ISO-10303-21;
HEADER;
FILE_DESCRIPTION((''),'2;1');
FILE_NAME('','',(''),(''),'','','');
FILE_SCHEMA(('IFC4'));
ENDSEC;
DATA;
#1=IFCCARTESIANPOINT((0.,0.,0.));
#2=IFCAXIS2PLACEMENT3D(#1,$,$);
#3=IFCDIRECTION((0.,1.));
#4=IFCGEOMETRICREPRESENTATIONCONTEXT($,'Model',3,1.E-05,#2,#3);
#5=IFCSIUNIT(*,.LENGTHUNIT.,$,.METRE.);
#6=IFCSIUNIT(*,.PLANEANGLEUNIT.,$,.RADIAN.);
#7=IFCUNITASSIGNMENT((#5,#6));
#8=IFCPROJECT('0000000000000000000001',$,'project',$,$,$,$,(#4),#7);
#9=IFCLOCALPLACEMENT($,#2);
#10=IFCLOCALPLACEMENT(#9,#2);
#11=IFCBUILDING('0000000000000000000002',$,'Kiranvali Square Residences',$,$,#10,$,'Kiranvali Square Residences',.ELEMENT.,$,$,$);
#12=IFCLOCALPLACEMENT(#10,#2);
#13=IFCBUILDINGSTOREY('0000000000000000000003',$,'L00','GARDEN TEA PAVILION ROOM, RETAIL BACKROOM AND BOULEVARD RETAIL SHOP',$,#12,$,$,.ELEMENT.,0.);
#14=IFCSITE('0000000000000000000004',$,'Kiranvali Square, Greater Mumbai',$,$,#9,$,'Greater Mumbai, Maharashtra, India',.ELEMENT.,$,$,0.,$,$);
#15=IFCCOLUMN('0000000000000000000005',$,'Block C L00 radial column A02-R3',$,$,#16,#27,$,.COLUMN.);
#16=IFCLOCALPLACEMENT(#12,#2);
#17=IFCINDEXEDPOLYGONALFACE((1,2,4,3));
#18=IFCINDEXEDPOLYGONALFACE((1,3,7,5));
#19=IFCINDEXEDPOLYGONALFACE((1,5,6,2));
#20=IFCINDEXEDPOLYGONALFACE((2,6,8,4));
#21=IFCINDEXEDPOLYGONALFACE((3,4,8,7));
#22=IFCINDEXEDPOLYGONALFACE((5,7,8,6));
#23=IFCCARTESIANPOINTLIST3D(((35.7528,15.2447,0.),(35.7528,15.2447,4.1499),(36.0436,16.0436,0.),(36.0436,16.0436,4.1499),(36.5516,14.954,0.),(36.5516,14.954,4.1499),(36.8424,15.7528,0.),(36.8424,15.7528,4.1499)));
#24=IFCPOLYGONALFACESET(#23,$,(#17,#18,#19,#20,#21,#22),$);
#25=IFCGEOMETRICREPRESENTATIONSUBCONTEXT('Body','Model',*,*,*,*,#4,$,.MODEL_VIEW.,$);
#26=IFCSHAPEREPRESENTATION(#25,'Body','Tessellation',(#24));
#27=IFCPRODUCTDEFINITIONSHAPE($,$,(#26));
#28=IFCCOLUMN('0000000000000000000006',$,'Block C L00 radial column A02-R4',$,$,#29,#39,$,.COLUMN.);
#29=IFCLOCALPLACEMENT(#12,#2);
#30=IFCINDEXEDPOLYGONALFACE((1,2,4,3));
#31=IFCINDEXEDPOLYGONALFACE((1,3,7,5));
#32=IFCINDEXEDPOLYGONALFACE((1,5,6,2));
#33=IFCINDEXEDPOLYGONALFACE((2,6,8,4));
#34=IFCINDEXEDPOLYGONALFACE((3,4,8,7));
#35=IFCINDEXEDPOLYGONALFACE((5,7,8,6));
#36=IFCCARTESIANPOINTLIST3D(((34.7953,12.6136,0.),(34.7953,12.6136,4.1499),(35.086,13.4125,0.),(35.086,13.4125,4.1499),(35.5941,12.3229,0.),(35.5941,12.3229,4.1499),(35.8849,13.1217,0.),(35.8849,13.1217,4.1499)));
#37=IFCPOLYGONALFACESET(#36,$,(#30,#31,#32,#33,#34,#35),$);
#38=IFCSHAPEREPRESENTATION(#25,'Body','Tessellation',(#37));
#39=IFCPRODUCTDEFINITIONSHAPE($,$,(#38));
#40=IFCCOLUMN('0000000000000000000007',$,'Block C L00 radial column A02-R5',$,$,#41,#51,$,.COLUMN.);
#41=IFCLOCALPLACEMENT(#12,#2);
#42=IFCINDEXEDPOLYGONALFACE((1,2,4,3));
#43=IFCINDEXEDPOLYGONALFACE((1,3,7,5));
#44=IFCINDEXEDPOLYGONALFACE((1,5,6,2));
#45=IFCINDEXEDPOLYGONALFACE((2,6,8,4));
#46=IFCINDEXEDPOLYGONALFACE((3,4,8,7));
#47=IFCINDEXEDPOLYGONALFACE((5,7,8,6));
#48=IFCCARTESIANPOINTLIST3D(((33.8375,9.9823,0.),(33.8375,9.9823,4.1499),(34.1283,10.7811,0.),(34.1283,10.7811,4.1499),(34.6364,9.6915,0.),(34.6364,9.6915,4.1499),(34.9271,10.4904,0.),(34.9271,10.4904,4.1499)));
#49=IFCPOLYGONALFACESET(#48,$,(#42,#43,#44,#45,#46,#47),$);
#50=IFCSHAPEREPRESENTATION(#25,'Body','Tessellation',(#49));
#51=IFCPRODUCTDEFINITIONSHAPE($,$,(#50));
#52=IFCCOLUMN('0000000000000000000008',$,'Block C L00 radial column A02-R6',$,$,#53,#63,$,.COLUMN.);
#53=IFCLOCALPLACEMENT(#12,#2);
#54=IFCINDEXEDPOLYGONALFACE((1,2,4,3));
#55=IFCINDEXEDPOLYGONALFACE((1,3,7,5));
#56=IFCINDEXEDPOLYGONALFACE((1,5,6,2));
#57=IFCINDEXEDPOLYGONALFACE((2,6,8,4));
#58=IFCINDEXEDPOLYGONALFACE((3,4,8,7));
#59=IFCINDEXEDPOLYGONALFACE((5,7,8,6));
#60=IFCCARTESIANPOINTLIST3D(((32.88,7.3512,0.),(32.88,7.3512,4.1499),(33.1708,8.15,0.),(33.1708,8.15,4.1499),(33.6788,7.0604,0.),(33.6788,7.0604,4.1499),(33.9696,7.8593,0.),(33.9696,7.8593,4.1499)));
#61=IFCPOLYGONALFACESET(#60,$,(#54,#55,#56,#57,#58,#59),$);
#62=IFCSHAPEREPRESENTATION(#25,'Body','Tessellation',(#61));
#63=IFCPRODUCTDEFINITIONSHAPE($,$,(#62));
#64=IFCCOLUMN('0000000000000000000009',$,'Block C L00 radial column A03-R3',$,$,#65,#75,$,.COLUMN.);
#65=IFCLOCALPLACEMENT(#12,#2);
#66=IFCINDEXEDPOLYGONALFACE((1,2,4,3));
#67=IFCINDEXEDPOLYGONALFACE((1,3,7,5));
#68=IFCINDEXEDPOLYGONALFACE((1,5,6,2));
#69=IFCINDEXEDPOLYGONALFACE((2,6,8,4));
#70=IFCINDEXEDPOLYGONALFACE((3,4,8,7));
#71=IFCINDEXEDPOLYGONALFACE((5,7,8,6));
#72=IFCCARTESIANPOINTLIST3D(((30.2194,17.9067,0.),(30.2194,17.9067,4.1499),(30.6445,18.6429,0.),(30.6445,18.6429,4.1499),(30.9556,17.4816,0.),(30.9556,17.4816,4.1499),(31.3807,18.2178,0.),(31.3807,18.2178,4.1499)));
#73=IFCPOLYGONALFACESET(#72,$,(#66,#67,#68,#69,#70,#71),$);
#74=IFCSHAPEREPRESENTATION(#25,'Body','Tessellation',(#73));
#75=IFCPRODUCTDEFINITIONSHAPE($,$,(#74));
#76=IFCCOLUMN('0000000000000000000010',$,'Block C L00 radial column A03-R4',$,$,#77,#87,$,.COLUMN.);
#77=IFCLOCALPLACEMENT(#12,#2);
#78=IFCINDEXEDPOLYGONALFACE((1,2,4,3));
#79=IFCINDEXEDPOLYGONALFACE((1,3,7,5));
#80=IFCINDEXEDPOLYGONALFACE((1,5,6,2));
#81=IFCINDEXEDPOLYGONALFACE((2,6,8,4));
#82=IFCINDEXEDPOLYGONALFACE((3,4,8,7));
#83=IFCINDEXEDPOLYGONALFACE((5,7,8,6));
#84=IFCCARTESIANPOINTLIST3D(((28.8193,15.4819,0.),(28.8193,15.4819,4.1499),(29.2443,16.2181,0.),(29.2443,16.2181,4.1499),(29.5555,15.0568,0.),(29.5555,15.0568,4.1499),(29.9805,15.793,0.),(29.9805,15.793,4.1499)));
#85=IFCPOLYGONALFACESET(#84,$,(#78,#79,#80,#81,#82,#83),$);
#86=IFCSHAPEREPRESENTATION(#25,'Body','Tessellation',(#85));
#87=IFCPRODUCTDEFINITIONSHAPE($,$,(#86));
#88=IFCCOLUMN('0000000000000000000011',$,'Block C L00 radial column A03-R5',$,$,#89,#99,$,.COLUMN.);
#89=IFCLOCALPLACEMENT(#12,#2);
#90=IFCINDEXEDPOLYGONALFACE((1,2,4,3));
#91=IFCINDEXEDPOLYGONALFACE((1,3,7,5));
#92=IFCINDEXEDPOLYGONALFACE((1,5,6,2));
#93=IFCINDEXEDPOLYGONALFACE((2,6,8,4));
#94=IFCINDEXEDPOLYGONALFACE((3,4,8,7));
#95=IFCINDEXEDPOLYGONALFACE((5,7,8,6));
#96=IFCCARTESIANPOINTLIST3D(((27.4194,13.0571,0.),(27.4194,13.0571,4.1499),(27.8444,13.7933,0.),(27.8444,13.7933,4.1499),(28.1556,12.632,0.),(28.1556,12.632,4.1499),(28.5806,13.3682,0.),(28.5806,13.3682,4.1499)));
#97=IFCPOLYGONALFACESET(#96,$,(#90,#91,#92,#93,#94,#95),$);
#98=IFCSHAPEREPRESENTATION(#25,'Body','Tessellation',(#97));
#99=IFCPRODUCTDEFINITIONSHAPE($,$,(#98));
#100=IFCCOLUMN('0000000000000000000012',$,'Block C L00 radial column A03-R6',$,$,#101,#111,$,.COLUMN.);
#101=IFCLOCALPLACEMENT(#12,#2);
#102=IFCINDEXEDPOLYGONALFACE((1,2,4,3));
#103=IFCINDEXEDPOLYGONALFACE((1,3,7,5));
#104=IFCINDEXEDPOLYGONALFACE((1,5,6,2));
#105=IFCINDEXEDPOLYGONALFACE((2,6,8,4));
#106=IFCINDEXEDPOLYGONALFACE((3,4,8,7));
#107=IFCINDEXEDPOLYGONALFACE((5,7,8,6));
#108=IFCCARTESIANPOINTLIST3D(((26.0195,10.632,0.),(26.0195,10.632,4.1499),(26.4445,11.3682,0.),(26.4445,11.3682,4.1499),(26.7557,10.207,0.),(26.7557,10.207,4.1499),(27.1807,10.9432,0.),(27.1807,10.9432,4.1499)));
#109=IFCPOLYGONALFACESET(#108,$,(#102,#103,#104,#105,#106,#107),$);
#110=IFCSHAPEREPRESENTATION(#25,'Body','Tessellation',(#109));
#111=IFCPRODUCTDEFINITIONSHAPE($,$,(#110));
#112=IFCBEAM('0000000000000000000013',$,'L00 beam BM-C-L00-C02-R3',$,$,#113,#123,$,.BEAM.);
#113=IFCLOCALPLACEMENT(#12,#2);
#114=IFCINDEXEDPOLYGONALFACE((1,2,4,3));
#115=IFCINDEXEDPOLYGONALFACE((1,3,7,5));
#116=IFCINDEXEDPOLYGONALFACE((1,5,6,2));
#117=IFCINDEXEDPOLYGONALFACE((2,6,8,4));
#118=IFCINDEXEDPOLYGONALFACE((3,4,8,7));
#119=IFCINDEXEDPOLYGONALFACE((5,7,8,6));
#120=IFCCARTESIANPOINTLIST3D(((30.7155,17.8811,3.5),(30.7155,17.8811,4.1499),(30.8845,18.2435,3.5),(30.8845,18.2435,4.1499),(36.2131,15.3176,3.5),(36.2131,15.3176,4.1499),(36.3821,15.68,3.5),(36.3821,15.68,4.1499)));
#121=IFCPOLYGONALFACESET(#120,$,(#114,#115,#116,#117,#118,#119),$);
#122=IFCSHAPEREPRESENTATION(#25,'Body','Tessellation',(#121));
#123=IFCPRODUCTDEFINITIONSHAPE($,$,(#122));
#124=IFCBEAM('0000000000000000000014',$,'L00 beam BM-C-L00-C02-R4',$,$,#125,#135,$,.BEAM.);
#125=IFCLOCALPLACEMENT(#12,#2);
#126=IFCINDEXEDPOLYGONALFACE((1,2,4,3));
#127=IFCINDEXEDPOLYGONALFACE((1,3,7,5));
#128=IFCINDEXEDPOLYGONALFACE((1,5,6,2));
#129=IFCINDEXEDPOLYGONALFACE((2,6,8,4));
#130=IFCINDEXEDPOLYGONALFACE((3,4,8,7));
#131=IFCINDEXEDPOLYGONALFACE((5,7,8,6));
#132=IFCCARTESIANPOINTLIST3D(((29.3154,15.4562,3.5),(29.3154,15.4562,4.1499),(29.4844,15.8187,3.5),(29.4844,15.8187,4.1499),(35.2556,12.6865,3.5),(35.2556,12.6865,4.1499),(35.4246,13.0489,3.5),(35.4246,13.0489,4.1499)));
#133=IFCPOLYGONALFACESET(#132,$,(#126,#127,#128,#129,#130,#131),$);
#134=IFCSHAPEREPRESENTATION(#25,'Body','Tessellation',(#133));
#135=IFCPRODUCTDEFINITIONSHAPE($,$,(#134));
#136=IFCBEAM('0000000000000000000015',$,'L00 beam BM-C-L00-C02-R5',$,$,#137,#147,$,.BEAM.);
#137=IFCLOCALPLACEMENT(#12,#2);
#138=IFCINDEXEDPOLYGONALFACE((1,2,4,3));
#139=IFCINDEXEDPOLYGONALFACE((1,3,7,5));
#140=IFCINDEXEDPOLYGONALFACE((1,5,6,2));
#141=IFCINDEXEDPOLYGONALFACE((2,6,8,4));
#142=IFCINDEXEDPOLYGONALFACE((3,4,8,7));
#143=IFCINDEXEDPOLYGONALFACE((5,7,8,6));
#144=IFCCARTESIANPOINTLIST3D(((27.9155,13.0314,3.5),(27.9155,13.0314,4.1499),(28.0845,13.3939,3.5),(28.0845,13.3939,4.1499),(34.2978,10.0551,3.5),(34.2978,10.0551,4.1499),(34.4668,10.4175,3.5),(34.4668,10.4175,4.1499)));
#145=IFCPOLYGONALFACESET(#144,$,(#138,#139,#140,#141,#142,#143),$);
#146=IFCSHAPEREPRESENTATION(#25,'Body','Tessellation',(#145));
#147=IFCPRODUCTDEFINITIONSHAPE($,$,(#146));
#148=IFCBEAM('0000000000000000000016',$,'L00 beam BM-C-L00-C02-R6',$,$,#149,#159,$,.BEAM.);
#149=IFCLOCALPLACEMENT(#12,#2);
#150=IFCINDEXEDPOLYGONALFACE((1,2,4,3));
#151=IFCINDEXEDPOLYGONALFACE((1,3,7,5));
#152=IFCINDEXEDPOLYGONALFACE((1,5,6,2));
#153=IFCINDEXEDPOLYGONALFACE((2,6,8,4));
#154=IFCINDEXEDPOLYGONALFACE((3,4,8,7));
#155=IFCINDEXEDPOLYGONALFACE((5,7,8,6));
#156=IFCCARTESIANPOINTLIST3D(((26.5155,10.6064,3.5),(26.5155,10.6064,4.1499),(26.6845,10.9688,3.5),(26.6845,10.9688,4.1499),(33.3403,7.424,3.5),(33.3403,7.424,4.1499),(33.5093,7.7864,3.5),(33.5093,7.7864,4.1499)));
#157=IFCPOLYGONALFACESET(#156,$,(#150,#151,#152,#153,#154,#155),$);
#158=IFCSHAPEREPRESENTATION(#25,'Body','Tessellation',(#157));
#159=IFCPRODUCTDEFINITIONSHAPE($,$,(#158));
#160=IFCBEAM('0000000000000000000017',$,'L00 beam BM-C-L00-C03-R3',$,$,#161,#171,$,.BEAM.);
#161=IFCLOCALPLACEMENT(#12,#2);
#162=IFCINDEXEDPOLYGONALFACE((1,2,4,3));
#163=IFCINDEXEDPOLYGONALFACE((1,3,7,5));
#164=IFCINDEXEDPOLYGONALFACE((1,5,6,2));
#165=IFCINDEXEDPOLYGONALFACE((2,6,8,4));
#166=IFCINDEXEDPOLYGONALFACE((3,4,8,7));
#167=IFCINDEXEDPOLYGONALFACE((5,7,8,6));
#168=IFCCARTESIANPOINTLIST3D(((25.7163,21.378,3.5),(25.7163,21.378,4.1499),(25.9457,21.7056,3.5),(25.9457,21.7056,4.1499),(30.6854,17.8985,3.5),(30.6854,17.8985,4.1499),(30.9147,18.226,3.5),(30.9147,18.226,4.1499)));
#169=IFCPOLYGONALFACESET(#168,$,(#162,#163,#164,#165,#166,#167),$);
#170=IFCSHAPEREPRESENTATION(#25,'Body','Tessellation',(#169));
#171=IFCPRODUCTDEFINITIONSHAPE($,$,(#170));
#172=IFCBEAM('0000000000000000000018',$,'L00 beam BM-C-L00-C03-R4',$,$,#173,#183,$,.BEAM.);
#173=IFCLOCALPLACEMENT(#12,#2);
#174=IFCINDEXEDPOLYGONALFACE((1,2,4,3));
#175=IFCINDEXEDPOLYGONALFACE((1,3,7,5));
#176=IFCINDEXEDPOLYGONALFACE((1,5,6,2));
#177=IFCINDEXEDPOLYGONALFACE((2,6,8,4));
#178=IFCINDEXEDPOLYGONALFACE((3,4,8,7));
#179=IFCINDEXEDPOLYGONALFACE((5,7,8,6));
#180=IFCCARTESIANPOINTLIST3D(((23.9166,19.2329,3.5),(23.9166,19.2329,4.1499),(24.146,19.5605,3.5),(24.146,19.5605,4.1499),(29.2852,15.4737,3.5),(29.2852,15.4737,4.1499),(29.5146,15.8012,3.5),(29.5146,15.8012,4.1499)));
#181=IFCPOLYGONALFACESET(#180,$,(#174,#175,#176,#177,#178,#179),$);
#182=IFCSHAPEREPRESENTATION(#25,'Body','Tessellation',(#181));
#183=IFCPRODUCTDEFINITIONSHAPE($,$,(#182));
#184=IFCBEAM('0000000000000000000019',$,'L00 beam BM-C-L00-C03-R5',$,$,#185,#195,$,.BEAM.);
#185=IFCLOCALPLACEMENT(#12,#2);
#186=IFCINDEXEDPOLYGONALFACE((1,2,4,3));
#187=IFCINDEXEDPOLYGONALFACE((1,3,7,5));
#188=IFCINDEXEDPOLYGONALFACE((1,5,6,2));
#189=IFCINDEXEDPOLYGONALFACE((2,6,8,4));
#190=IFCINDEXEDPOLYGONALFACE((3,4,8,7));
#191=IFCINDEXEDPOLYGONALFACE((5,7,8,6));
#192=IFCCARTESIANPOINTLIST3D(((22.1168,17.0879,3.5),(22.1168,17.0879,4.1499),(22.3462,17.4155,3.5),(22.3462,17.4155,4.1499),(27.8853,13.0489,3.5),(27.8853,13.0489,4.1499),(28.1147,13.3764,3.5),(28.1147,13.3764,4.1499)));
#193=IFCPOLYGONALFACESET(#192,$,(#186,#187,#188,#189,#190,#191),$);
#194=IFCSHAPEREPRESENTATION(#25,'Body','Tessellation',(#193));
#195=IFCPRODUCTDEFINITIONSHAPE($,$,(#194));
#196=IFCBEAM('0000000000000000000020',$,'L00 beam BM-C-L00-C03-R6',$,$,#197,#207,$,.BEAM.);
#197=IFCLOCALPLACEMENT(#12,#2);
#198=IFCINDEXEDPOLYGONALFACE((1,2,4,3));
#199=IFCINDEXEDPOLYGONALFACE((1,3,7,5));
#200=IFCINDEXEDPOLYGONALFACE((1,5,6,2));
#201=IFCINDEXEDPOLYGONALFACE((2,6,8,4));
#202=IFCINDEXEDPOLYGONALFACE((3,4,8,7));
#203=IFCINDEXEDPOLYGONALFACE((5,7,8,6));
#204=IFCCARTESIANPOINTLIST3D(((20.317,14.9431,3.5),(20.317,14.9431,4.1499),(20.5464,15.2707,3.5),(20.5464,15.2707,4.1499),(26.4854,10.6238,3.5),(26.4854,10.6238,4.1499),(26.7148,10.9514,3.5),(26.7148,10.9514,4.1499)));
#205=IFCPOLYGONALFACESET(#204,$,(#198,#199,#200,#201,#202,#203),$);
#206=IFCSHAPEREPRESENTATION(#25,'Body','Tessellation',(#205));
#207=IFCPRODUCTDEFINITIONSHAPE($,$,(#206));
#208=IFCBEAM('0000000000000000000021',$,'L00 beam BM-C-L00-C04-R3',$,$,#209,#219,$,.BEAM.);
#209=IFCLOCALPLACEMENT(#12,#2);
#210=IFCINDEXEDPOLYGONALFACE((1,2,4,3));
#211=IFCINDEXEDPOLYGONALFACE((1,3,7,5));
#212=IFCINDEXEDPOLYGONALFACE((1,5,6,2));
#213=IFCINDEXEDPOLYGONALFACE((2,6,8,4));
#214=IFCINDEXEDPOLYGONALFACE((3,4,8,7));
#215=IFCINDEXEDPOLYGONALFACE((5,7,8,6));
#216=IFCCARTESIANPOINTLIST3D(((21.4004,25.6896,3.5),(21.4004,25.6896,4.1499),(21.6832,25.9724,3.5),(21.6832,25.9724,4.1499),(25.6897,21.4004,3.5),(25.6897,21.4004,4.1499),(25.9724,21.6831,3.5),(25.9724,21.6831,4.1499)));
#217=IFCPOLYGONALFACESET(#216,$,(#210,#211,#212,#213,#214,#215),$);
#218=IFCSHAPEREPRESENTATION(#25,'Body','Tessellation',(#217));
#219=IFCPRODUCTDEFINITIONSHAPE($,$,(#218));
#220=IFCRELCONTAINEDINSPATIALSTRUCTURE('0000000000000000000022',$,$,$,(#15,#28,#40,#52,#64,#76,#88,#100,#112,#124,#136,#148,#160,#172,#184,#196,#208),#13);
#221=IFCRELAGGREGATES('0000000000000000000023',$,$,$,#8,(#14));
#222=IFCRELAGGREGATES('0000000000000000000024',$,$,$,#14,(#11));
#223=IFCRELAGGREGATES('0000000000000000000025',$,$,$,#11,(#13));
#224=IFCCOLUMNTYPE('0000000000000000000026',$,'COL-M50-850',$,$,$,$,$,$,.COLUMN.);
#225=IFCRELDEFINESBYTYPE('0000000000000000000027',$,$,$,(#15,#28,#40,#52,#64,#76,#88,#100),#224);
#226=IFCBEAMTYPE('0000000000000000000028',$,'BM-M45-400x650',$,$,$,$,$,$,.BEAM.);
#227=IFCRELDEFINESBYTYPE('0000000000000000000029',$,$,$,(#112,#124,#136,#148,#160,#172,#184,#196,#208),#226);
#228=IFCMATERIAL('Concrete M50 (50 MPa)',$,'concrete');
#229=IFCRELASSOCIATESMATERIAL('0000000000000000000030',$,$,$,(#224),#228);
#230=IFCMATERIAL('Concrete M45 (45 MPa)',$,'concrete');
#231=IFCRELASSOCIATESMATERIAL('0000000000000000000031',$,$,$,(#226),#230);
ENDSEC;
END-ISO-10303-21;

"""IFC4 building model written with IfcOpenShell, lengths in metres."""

from ifc_helpers import new_model, si_unit, direction, frame, origin, origin_2d, place, context, subcontext, project, spatial, rectangle, extrude, material, material_profile, profile_set, type_object, element, save


model = new_model("IFC4")

# Units and contexts
model_context = context("Model", 3, precision=1e-05, world=origin(), true_north=direction((0.0, 1.0)))
body_context = subcontext(model_context, "Body", "Model", "MODEL_VIEW")
ifc_project = project(units=[si_unit("LENGTHUNIT", "METRE"), si_unit("PLANEANGLEUNIT", "RADIAN")], contexts=[model_context])

# Site, building, storey
site_placement = place(None, origin())
site = spatial("IfcSite", under=ifc_project, at=site_placement, Name="Kiranvali Square, Greater Mumbai", LongName="Greater Mumbai, Maharashtra, India", CompositionType="ELEMENT", RefElevation=0.0)
building_placement = place(site_placement, origin())
building = spatial("IfcBuilding", under=site, at=building_placement, Name="Kiranvali Square Residences", LongName="Kiranvali Square Residences", CompositionType="ELEMENT")
storey_placement = place(building_placement, origin())
storey = spatial("IfcBuildingStorey", under=building, at=storey_placement, Name="L00", Description="GARDEN TEA PAVILION ROOM, RETAIL BACKROOM AND BOULEVARD RETAIL SHOP", CompositionType="ELEMENT", Elevation=0.0)

# Columns
ifc_material_1 = material(Name="Concrete M50 (50 MPa)", Category="concrete")
ifc_material_profile_1 = material_profile(ifc_material_1, rectangle(XDim=0.8501, YDim=0.8501, at=origin_2d()), Name="RC 850x850")
ifc_profile_set_1 = profile_set([ifc_material_profile_1], Name="Concrete M50 (50 MPa)")
column_type = type_object("IfcColumnType", Name="COL-M50-850", PredefinedType="COLUMN", material=ifc_profile_set_1)
for number, where, z_axis, x_axis, name in (
    (1, (36.2976, 15.4988, 0.0), (0.0, 0.0, 1.0), (-0.939693, 0.34202, 0.0), "Block C L00 radial column A02-R3"),
    (2, (35.3401, 12.8677, 0.0), (0.0, 0.0, 1.0), (-0.939693, 0.34202, 0.0), "Block C L00 radial column A02-R4"),
    (3, (34.3823, 10.2363, 0.0), (0.0, 0.0, 1.0), (-0.939693, 0.34202, 0.0), "Block C L00 radial column A02-R5"),
    (4, (33.4248, 7.6052, 0.0), (0.0, 0.0, 1.0), (-0.939693, 0.34202, 0.0), "Block C L00 radial column A02-R6"),
    (5, (30.8, 18.0623, 0.0), (0.0, 0.0, 1.0), (-0.866025, 0.5, 0.0), "Block C L00 radial column A03-R3"),
    (6, (29.3999, 15.6375, 0.0), (0.0, 0.0, 1.0), (-0.866025, 0.5, 0.0), "Block C L00 radial column A03-R4"),
    (7, (28.0, 13.2126, 0.0), (0.0, 0.0, 1.0), (-0.866025, 0.5, 0.0), "Block C L00 radial column A03-R5"),
    (8, (26.6001, 10.7876, 0.0), (0.0, 0.0, 1.0), (-0.866025, 0.5, 0.0), "Block C L00 radial column A03-R6"),
):
    element("IfcColumn", number, at=place(storey_placement, frame(where, z_axis=z_axis, x_axis=x_axis)), inside=storey, type_object=column_type, Name=name, PredefinedType="COLUMN", context=body_context, shape_type="SweptSolid", body=[
        extrude(rectangle(XDim=0.8501, YDim=0.8501, at=origin_2d()), origin(), (0.0, 0.0, 1.0), 4.1499),
    ])

# Beams
ifc_material_2 = material(Name="Concrete M45 (45 MPa)", Category="concrete")
ifc_material_profile_2 = material_profile(ifc_material_2, rectangle(XDim=0.3999, YDim=0.6499, at=origin_2d()), Name="RC 400x650")
ifc_profile_set_2 = profile_set([ifc_material_profile_2], Name="Concrete M45 (45 MPa)")
beam_type = type_object("IfcBeamType", Name="BM-M45-400x650", PredefinedType="BEAM", material=ifc_profile_set_2)
beam_1_placement = place(storey_placement, frame((36.2976, 15.4988, 3.825), z_axis=(-0.906313, 0.422608, 0.0), x_axis=(-0.422608, -0.906313, 0.0)))
element("IfcBeam", 9, at=beam_1_placement, inside=storey, type_object=beam_type, Name="L00 beam BM-C-L00-C02-R3", PredefinedType="BEAM", context=body_context, shape_type="SweptSolid", body=[
    extrude(rectangle(XDim=0.3999, YDim=0.6499, at=origin_2d()), origin(), (0.0, 0.0, 1.0), 6.0659),
])
beam_2_placement = place(storey_placement, frame((35.3401, 12.8677, 3.825), z_axis=(-0.906318, 0.422596, 0.0), x_axis=(-0.422596, -0.906318, 0.0)))
element("IfcBeam", 10, at=beam_2_placement, inside=storey, type_object=beam_type, Name="L00 beam BM-C-L00-C02-R4", PredefinedType="BEAM", context=body_context, shape_type="SweptSolid", body=[
    extrude(rectangle(XDim=0.3999, YDim=0.6499, at=origin_2d()), origin(), (0.0, 0.0, 1.0), 6.5542),
])
beam_3_placement = place(storey_placement, frame((34.3823, 10.2363, 3.825), z_axis=(-0.906297, 0.422641, 0.0), x_axis=(-0.422641, -0.906297, 0.0)))
element("IfcBeam", 11, at=beam_3_placement, inside=storey, type_object=beam_type, Name="L00 beam BM-C-L00-C02-R5", PredefinedType="BEAM", context=body_context, shape_type="SweptSolid", body=[
    extrude(rectangle(XDim=0.3999, YDim=0.6499, at=origin_2d()), origin(), (0.0, 0.0, 1.0), 7.0422),
])
beam_4_placement = place(storey_placement, frame((33.4248, 7.6052, 3.825), z_axis=(-0.90631, 0.422614, 0.0), x_axis=(-0.422614, -0.90631, 0.0)))
element("IfcBeam", 12, at=beam_4_placement, inside=storey, type_object=beam_type, Name="L00 beam BM-C-L00-C02-R6", PredefinedType="BEAM", context=body_context, shape_type="SweptSolid", body=[
    extrude(rectangle(XDim=0.3999, YDim=0.6499, at=origin_2d()), origin(), (0.0, 0.0, 1.0), 7.5303),
])
beam_5_placement = place(storey_placement, frame((30.8, 18.0623, 3.825), z_axis=(-0.819139, 0.573595, 0.0), x_axis=(-0.573595, -0.819139, 0.0)))
element("IfcBeam", 13, at=beam_5_placement, inside=storey, type_object=beam_type, Name="L00 beam BM-C-L00-C03-R3", PredefinedType="BEAM", context=body_context, shape_type="SweptSolid", body=[
    extrude(rectangle(XDim=0.3999, YDim=0.6499, at=origin_2d()), origin(), (0.0, 0.0, 1.0), 6.0662),
])
beam_6_placement = place(storey_placement, frame((29.3999, 15.6375, 3.825), z_axis=(-0.819144, 0.573587, 0.0), x_axis=(-0.573587, -0.819144, 0.0)))
element("IfcBeam", 14, at=beam_6_placement, inside=storey, type_object=beam_type, Name="L00 beam BM-C-L00-C03-R4", PredefinedType="BEAM", context=body_context, shape_type="SweptSolid", body=[
    extrude(rectangle(XDim=0.3999, YDim=0.6499, at=origin_2d()), origin(), (0.0, 0.0, 1.0), 6.554),
])
beam_7_placement = place(storey_placement, frame((28.0, 13.2126, 3.825), z_axis=(-0.81916, 0.573565, 0.0), x_axis=(-0.573565, -0.81916, 0.0)))
element("IfcBeam", 15, at=beam_7_placement, inside=storey, type_object=beam_type, Name="L00 beam BM-C-L00-C03-R5", PredefinedType="BEAM", context=body_context, shape_type="SweptSolid", body=[
    extrude(rectangle(XDim=0.3999, YDim=0.6499, at=origin_2d()), origin(), (0.0, 0.0, 1.0), 7.042),
])
beam_8_placement = place(storey_placement, frame((26.6001, 10.7876, 3.825), z_axis=(-0.819144, 0.573589, 0.0), x_axis=(-0.573589, -0.819144, 0.0)))
element("IfcBeam", 16, at=beam_8_placement, inside=storey, type_object=beam_type, Name="L00 beam BM-C-L00-C03-R6", PredefinedType="BEAM", context=body_context, shape_type="SweptSolid", body=[
    extrude(rectangle(XDim=0.3999, YDim=0.6499, at=origin_2d()), origin(), (0.0, 0.0, 1.0), 7.5303),
])
beam_9_placement = place(storey_placement, frame((25.8311, 21.5417, 3.825), z_axis=(-0.707107, 0.707107, 0.0), x_axis=(-0.707107, -0.707107, 0.0)))
element("IfcBeam", 17, at=beam_9_placement, inside=storey, type_object=beam_type, Name="L00 beam BM-C-L00-C04-R3", PredefinedType="BEAM", context=body_context, shape_type="SweptSolid", body=[
    extrude(rectangle(XDim=0.3999, YDim=0.6499, at=origin_2d()), origin(), (0.0, 0.0, 1.0), 6.0659),
])

save(model, "model.ifc")
